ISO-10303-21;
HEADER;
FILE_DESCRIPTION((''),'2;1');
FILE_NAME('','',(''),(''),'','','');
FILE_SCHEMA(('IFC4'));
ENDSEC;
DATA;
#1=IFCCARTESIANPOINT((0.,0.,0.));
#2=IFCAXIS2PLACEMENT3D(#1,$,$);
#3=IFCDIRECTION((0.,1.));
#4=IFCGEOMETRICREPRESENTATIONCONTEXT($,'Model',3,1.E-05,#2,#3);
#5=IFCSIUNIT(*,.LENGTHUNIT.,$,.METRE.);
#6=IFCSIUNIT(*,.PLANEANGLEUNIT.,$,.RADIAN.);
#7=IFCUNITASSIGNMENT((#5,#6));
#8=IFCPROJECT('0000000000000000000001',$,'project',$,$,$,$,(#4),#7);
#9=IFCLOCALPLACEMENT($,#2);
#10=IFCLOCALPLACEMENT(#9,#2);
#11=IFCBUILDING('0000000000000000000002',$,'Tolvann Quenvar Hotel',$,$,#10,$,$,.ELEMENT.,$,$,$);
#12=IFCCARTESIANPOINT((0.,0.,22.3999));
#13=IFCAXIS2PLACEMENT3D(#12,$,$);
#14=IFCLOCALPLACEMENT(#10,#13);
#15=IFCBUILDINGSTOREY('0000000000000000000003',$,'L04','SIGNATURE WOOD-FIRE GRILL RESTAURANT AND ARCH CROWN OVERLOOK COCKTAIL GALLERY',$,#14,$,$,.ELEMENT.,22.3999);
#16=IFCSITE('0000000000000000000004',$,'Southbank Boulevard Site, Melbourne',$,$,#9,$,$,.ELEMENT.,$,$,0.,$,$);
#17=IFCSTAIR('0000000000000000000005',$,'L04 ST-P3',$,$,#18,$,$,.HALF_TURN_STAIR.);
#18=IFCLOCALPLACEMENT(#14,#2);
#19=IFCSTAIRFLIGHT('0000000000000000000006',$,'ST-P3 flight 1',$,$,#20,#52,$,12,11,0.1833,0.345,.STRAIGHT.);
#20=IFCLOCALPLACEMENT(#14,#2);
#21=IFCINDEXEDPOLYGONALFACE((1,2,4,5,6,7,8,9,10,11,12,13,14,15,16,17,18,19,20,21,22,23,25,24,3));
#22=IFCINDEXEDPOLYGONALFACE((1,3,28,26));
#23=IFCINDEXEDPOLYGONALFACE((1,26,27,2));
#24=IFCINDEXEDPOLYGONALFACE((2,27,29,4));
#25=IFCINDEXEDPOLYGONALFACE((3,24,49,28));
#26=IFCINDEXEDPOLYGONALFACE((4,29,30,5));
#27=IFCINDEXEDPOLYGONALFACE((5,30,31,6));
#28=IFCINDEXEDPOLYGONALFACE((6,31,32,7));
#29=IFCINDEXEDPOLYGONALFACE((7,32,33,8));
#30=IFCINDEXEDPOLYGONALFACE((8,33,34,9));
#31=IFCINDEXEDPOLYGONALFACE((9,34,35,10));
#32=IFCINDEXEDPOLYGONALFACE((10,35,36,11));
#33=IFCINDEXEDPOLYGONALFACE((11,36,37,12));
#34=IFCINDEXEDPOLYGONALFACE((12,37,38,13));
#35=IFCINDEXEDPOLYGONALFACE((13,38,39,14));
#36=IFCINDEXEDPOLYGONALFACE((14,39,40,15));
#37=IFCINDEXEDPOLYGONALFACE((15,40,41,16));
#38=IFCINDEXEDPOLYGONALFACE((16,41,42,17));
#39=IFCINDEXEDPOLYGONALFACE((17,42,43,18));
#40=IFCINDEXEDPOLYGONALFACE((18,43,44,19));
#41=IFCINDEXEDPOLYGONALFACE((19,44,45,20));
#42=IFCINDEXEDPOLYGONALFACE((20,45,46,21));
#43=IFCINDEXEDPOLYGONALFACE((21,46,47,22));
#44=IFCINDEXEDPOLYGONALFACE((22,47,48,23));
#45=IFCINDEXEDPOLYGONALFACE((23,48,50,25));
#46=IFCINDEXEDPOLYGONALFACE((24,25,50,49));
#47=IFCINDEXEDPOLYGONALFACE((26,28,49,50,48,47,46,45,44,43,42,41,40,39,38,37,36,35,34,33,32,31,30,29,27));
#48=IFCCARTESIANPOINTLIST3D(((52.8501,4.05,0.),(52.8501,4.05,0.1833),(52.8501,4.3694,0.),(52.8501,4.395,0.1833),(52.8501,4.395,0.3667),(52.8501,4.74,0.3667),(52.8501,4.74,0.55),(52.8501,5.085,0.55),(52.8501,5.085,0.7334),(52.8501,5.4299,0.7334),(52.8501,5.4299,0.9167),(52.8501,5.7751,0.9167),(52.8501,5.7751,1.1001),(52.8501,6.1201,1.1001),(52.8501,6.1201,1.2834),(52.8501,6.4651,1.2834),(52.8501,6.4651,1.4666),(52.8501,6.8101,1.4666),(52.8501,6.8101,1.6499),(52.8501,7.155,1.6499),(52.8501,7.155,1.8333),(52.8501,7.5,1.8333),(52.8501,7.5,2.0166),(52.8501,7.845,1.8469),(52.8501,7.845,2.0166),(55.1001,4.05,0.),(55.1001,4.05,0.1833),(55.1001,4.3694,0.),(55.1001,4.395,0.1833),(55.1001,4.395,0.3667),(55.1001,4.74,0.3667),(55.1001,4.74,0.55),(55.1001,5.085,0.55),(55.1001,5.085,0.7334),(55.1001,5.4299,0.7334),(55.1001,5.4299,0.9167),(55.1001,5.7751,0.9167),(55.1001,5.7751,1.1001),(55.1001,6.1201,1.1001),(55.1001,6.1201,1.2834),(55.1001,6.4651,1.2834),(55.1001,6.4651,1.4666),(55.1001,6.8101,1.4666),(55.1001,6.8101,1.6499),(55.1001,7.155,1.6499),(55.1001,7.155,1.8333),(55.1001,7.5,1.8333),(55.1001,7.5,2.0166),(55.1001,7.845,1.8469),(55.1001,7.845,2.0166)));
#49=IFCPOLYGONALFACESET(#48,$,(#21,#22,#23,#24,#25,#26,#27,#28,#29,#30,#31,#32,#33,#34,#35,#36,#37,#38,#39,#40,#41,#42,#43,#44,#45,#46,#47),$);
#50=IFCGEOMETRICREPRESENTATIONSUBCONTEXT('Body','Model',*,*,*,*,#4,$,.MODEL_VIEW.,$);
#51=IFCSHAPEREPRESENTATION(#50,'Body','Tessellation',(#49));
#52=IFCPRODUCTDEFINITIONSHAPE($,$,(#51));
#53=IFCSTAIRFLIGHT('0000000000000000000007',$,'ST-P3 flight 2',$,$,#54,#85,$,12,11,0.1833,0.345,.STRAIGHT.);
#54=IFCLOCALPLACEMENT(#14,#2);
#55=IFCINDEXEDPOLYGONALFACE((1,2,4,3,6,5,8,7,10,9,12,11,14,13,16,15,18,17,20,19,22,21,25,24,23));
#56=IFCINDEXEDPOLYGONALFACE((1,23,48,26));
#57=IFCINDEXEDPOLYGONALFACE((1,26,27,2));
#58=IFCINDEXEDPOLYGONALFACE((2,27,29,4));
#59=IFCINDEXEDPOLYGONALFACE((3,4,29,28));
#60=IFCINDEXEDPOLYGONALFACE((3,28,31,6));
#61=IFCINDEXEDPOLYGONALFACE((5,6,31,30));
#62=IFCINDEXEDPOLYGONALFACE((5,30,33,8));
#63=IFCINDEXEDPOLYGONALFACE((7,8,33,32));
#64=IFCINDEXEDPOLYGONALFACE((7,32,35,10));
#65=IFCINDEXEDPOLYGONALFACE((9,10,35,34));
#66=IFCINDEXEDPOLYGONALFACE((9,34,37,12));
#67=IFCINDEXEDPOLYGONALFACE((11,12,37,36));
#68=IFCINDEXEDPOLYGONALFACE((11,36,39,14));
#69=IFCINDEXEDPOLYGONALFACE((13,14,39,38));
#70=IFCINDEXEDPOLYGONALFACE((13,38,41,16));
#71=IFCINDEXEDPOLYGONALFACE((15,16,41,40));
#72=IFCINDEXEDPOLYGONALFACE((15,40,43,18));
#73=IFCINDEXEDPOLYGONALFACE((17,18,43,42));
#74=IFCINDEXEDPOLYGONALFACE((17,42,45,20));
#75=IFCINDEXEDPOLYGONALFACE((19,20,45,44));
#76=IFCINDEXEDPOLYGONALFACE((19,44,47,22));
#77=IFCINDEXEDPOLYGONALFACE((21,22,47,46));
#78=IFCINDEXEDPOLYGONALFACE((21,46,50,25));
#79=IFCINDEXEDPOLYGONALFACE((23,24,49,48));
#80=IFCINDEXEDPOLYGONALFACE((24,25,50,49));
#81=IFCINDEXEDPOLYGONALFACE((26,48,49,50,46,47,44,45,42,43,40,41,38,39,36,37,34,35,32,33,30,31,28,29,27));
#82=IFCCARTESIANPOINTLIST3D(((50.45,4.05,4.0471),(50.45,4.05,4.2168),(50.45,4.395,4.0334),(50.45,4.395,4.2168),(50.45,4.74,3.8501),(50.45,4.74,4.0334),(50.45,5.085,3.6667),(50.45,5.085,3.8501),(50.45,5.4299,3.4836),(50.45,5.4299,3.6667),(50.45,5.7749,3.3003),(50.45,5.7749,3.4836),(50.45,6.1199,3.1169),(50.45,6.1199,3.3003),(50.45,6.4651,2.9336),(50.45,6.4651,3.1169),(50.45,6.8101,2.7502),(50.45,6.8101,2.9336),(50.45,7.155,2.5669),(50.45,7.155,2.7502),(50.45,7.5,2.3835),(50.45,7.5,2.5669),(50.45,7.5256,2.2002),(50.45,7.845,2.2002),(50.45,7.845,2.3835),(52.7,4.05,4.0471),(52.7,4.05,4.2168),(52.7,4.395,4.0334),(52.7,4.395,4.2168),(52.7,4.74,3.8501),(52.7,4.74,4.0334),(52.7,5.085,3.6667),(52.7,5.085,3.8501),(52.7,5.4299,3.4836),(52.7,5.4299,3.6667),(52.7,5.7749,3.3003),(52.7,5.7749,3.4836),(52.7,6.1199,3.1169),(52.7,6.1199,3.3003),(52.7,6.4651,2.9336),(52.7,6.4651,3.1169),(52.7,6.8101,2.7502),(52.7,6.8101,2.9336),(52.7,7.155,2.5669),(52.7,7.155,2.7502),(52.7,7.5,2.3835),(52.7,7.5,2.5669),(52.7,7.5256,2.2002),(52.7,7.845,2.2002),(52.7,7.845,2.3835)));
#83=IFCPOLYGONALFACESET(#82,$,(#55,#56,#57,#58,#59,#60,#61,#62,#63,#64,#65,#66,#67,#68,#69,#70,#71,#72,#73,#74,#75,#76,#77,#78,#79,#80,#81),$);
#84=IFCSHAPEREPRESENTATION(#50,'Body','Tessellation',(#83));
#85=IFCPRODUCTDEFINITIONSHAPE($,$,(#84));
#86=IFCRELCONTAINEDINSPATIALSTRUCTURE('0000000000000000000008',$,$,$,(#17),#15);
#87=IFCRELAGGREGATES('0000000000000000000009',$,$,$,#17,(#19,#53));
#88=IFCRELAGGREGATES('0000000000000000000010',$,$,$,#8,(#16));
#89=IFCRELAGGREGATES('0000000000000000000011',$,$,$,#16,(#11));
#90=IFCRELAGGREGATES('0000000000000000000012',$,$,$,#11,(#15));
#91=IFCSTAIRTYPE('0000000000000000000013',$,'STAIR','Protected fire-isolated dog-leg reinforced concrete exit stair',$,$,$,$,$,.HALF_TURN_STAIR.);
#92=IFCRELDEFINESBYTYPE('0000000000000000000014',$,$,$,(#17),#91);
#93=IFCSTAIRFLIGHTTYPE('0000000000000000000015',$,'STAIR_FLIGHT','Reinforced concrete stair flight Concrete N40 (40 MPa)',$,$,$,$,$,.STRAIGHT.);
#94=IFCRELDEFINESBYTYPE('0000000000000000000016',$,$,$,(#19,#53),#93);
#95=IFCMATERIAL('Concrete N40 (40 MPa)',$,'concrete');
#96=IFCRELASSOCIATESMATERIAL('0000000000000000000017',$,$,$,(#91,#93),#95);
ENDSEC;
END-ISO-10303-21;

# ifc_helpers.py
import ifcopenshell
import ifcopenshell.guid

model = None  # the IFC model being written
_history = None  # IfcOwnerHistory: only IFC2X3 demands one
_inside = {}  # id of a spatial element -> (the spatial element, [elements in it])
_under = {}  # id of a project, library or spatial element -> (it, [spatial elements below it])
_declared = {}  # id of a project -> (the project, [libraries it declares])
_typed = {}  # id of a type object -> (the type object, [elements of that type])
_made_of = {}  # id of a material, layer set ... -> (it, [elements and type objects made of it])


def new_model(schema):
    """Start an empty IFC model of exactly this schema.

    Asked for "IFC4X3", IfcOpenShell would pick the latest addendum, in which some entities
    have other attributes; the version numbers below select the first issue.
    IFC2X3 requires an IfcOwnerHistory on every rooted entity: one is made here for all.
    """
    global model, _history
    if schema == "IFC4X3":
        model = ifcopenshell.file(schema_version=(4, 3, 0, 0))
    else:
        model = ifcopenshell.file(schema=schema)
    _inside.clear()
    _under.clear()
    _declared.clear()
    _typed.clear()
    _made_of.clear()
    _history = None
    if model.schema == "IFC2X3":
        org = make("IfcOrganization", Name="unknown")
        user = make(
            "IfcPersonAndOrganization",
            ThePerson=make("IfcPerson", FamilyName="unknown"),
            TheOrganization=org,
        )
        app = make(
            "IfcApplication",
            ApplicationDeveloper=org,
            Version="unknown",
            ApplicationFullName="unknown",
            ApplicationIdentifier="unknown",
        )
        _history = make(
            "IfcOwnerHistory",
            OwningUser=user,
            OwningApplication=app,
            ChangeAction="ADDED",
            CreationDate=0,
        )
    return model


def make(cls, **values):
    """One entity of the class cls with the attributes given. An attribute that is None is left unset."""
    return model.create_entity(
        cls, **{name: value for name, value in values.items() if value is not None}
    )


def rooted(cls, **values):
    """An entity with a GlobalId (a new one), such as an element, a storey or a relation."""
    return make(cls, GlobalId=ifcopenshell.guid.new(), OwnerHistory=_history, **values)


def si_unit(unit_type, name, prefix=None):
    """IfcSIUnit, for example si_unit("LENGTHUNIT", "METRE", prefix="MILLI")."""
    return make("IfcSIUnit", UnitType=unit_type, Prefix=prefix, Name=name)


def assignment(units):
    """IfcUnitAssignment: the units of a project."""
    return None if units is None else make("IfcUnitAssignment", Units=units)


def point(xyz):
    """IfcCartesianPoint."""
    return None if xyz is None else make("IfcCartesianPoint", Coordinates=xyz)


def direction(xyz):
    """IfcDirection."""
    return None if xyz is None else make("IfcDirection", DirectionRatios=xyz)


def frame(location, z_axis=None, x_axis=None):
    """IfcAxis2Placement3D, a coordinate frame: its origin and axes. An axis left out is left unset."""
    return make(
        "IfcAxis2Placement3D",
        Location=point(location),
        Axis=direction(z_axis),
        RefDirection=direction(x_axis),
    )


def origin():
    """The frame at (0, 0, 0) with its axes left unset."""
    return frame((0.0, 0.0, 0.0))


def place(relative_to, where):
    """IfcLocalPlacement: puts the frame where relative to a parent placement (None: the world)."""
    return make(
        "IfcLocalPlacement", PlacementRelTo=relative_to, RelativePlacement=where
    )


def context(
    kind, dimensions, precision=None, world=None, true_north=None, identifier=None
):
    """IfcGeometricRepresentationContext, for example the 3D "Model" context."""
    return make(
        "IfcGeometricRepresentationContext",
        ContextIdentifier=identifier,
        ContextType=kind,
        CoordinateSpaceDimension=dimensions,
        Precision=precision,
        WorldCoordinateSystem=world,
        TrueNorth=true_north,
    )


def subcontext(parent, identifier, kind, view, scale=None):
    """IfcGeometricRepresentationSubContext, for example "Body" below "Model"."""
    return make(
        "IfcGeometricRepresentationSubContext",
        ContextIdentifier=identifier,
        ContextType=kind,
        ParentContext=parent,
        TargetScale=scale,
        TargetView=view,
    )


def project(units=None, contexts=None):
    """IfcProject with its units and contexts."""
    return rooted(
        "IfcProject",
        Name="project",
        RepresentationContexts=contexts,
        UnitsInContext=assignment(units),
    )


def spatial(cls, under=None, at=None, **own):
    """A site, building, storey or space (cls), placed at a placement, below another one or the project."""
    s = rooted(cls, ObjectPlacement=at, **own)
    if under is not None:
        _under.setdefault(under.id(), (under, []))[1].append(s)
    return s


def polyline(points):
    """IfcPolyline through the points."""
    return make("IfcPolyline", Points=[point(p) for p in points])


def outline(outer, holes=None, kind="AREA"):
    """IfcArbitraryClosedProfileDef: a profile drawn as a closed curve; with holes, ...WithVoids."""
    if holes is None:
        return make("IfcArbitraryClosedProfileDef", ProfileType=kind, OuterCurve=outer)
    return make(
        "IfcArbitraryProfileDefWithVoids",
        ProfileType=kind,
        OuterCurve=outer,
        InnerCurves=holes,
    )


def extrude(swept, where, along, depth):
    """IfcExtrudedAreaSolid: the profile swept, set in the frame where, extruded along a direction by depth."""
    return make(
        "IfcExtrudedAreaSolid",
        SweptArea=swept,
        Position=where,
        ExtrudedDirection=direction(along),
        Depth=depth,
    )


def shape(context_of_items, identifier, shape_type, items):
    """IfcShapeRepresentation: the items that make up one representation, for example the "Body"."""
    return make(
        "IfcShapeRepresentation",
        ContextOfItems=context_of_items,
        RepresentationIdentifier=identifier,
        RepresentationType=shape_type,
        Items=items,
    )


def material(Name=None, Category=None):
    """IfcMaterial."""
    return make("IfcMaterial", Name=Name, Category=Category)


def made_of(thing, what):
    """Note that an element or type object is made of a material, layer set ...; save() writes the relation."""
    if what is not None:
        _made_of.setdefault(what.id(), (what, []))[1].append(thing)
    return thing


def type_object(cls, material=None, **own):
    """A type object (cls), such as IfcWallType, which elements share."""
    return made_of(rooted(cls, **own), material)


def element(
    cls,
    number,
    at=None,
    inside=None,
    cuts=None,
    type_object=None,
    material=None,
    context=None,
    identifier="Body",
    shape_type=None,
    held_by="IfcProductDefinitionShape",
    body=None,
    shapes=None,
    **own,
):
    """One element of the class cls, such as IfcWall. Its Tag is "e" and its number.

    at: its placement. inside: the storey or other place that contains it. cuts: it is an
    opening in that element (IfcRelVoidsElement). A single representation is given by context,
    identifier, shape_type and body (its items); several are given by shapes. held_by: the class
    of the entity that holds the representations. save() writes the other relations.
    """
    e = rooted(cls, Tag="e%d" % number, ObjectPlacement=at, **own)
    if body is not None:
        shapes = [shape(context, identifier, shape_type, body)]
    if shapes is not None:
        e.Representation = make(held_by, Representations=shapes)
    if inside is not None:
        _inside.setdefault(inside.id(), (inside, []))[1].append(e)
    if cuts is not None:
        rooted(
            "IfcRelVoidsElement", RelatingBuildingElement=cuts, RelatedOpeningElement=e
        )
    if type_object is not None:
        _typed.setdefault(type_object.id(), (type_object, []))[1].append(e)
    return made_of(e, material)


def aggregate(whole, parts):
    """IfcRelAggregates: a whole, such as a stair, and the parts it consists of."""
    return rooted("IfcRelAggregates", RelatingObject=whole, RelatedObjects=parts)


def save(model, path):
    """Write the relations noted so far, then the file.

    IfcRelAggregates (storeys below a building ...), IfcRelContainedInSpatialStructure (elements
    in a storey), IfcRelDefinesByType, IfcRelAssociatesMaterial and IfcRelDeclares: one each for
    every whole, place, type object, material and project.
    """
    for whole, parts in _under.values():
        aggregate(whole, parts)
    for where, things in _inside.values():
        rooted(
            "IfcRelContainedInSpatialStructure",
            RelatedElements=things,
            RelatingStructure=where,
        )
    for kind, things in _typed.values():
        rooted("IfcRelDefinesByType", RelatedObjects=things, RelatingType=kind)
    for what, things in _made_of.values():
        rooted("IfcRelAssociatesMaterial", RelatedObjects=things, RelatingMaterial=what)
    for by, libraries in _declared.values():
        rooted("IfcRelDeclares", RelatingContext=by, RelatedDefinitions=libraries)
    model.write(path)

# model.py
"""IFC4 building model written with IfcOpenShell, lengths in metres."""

from ifc_helpers import new_model, si_unit, direction, frame, origin, place, context, subcontext, project, spatial, polyline, outline, extrude, material, type_object, element, aggregate, save


model = new_model("IFC4")

# Units and contexts
model_context = context("Model", 3, precision=1e-05, world=origin(), true_north=direction((0.0, 1.0)))
body_context = subcontext(model_context, "Body", "Model", "MODEL_VIEW")
ifc_project = project(units=[si_unit("LENGTHUNIT", "METRE"), si_unit("PLANEANGLEUNIT", "RADIAN")], contexts=[model_context])

# Site, building, storey
site_placement = place(None, origin())
site = spatial("IfcSite", under=ifc_project, at=site_placement, Name="Southbank Boulevard Site, Melbourne", CompositionType="ELEMENT", RefElevation=0.0)
building_placement = place(site_placement, origin())
building = spatial("IfcBuilding", under=site, at=building_placement, Name="Tolvann Quenvar Hotel", CompositionType="ELEMENT")
storey_placement = place(building_placement, frame((0.0, 0.0, 22.3999)))
storey = spatial("IfcBuildingStorey", under=building, at=storey_placement, Name="L04", Description="SIGNATURE WOOD-FIRE GRILL RESTAURANT AND ARCH CROWN OVERLOOK COCKTAIL GALLERY", CompositionType="ELEMENT", Elevation=22.3999)

# Stair, stair flights
ifc_material_1 = material(Name="Concrete N40 (40 MPa)", Category="concrete")
stair_type = type_object("IfcStairType", Name="STAIR", Description="Protected fire-isolated dog-leg reinforced concrete exit stair", PredefinedType="HALF_TURN_STAIR", material=ifc_material_1)
stair_placement = place(storey_placement, origin())
stair = element("IfcStair", 1, at=stair_placement, inside=storey, type_object=stair_type, Name="L04 ST-P3", PredefinedType="HALF_TURN_STAIR")
stair_flight_type = type_object("IfcStairFlightType", Name="STAIR_FLIGHT", Description="Reinforced concrete stair flight Concrete N40 (40 MPa)", PredefinedType="STRAIGHT", material=ifc_material_1)
stair_flight_1_placement = place(storey_placement, frame((53.9751, 4.05, 0.0), z_axis=(0.0, 0.0, 1.0), x_axis=(0.0, 1.0, 0.0)))
stair_flight_1 = element("IfcStairFlight", 2, at=stair_flight_1_placement, type_object=stair_flight_type, Name="ST-P3 flight 1", NumberOfRisers=12, NumberOfTreads=11, PredefinedType="STRAIGHT", RiserHeight=0.1833, TreadLength=0.345, context=body_context, shape_type="SweptSolid", body=[
    extrude(outline(polyline([(0.0, 0.0), (0.0, 0.1833), (0.345, 0.1833), (0.345, 0.3667), (0.6899, 0.3667), (0.6899, 0.55), (1.0349, 0.55), (1.0349, 0.7334), (1.3799, 0.7334), (1.3799, 0.9167), (1.7251, 0.9167), (1.7251, 1.1001), (2.0701, 1.1001), (2.0701, 1.2834), (2.415, 1.2834), (2.415, 1.4666), (2.76, 1.4666), (2.76, 1.6499), (3.105, 1.6499), (3.105, 1.8333), (3.45, 1.8333), (3.45, 2.0166), (3.7949, 2.0166), (3.7949, 2.2), (3.7949, 1.8469), (0.3193, 0.0), (0.0, 0.0)])), frame((0.0, 1.125, 0.0), z_axis=(0.0, -1.0, 0.0), x_axis=(1.0, 0.0, 0.0)), (0.0, 0.0, 1.0), 2.25),
])
stair_flight_2_placement = place(storey_placement, frame((51.575, 7.845, 2.2002), z_axis=(0.0, 0.0, 1.0), x_axis=(0.0, -1.0, 0.0)))
stair_flight_2 = element("IfcStairFlight", 3, at=stair_flight_2_placement, type_object=stair_flight_type, Name="ST-P3 flight 2", NumberOfRisers=12, NumberOfTreads=11, PredefinedType="STRAIGHT", RiserHeight=0.1833, TreadLength=0.345, context=body_context, shape_type="SweptSolid", body=[
    extrude(outline(polyline([(0.0, 0.0), (0.0, 0.1833), (0.345, 0.1833), (0.345, 0.3667), (0.6899, 0.3667), (0.6899, 0.55), (1.0349, 0.55), (1.0349, 0.7334), (1.3799, 0.7334), (1.3799, 0.9167), (1.7251, 0.9167), (1.7251, 1.1001), (2.0701, 1.1001), (2.0701, 1.2834), (2.415, 1.2834), (2.415, 1.4666), (2.76, 1.4666), (2.76, 1.6499), (3.105, 1.6499), (3.105, 1.8333), (3.45, 1.8333), (3.45, 2.0166), (3.7949, 2.0166), (3.7949, 2.2), (3.7949, 1.8469), (0.3193, 0.0), (0.0, 0.0)])), frame((0.0, 1.125, 0.0), z_axis=(0.0, -1.0, 0.0), x_axis=(1.0, 0.0, 0.0)), (0.0, 0.0, 1.0), 2.25),
])
aggregate(stair, [stair_flight_1, stair_flight_2])

save(model, "model.ifc")
